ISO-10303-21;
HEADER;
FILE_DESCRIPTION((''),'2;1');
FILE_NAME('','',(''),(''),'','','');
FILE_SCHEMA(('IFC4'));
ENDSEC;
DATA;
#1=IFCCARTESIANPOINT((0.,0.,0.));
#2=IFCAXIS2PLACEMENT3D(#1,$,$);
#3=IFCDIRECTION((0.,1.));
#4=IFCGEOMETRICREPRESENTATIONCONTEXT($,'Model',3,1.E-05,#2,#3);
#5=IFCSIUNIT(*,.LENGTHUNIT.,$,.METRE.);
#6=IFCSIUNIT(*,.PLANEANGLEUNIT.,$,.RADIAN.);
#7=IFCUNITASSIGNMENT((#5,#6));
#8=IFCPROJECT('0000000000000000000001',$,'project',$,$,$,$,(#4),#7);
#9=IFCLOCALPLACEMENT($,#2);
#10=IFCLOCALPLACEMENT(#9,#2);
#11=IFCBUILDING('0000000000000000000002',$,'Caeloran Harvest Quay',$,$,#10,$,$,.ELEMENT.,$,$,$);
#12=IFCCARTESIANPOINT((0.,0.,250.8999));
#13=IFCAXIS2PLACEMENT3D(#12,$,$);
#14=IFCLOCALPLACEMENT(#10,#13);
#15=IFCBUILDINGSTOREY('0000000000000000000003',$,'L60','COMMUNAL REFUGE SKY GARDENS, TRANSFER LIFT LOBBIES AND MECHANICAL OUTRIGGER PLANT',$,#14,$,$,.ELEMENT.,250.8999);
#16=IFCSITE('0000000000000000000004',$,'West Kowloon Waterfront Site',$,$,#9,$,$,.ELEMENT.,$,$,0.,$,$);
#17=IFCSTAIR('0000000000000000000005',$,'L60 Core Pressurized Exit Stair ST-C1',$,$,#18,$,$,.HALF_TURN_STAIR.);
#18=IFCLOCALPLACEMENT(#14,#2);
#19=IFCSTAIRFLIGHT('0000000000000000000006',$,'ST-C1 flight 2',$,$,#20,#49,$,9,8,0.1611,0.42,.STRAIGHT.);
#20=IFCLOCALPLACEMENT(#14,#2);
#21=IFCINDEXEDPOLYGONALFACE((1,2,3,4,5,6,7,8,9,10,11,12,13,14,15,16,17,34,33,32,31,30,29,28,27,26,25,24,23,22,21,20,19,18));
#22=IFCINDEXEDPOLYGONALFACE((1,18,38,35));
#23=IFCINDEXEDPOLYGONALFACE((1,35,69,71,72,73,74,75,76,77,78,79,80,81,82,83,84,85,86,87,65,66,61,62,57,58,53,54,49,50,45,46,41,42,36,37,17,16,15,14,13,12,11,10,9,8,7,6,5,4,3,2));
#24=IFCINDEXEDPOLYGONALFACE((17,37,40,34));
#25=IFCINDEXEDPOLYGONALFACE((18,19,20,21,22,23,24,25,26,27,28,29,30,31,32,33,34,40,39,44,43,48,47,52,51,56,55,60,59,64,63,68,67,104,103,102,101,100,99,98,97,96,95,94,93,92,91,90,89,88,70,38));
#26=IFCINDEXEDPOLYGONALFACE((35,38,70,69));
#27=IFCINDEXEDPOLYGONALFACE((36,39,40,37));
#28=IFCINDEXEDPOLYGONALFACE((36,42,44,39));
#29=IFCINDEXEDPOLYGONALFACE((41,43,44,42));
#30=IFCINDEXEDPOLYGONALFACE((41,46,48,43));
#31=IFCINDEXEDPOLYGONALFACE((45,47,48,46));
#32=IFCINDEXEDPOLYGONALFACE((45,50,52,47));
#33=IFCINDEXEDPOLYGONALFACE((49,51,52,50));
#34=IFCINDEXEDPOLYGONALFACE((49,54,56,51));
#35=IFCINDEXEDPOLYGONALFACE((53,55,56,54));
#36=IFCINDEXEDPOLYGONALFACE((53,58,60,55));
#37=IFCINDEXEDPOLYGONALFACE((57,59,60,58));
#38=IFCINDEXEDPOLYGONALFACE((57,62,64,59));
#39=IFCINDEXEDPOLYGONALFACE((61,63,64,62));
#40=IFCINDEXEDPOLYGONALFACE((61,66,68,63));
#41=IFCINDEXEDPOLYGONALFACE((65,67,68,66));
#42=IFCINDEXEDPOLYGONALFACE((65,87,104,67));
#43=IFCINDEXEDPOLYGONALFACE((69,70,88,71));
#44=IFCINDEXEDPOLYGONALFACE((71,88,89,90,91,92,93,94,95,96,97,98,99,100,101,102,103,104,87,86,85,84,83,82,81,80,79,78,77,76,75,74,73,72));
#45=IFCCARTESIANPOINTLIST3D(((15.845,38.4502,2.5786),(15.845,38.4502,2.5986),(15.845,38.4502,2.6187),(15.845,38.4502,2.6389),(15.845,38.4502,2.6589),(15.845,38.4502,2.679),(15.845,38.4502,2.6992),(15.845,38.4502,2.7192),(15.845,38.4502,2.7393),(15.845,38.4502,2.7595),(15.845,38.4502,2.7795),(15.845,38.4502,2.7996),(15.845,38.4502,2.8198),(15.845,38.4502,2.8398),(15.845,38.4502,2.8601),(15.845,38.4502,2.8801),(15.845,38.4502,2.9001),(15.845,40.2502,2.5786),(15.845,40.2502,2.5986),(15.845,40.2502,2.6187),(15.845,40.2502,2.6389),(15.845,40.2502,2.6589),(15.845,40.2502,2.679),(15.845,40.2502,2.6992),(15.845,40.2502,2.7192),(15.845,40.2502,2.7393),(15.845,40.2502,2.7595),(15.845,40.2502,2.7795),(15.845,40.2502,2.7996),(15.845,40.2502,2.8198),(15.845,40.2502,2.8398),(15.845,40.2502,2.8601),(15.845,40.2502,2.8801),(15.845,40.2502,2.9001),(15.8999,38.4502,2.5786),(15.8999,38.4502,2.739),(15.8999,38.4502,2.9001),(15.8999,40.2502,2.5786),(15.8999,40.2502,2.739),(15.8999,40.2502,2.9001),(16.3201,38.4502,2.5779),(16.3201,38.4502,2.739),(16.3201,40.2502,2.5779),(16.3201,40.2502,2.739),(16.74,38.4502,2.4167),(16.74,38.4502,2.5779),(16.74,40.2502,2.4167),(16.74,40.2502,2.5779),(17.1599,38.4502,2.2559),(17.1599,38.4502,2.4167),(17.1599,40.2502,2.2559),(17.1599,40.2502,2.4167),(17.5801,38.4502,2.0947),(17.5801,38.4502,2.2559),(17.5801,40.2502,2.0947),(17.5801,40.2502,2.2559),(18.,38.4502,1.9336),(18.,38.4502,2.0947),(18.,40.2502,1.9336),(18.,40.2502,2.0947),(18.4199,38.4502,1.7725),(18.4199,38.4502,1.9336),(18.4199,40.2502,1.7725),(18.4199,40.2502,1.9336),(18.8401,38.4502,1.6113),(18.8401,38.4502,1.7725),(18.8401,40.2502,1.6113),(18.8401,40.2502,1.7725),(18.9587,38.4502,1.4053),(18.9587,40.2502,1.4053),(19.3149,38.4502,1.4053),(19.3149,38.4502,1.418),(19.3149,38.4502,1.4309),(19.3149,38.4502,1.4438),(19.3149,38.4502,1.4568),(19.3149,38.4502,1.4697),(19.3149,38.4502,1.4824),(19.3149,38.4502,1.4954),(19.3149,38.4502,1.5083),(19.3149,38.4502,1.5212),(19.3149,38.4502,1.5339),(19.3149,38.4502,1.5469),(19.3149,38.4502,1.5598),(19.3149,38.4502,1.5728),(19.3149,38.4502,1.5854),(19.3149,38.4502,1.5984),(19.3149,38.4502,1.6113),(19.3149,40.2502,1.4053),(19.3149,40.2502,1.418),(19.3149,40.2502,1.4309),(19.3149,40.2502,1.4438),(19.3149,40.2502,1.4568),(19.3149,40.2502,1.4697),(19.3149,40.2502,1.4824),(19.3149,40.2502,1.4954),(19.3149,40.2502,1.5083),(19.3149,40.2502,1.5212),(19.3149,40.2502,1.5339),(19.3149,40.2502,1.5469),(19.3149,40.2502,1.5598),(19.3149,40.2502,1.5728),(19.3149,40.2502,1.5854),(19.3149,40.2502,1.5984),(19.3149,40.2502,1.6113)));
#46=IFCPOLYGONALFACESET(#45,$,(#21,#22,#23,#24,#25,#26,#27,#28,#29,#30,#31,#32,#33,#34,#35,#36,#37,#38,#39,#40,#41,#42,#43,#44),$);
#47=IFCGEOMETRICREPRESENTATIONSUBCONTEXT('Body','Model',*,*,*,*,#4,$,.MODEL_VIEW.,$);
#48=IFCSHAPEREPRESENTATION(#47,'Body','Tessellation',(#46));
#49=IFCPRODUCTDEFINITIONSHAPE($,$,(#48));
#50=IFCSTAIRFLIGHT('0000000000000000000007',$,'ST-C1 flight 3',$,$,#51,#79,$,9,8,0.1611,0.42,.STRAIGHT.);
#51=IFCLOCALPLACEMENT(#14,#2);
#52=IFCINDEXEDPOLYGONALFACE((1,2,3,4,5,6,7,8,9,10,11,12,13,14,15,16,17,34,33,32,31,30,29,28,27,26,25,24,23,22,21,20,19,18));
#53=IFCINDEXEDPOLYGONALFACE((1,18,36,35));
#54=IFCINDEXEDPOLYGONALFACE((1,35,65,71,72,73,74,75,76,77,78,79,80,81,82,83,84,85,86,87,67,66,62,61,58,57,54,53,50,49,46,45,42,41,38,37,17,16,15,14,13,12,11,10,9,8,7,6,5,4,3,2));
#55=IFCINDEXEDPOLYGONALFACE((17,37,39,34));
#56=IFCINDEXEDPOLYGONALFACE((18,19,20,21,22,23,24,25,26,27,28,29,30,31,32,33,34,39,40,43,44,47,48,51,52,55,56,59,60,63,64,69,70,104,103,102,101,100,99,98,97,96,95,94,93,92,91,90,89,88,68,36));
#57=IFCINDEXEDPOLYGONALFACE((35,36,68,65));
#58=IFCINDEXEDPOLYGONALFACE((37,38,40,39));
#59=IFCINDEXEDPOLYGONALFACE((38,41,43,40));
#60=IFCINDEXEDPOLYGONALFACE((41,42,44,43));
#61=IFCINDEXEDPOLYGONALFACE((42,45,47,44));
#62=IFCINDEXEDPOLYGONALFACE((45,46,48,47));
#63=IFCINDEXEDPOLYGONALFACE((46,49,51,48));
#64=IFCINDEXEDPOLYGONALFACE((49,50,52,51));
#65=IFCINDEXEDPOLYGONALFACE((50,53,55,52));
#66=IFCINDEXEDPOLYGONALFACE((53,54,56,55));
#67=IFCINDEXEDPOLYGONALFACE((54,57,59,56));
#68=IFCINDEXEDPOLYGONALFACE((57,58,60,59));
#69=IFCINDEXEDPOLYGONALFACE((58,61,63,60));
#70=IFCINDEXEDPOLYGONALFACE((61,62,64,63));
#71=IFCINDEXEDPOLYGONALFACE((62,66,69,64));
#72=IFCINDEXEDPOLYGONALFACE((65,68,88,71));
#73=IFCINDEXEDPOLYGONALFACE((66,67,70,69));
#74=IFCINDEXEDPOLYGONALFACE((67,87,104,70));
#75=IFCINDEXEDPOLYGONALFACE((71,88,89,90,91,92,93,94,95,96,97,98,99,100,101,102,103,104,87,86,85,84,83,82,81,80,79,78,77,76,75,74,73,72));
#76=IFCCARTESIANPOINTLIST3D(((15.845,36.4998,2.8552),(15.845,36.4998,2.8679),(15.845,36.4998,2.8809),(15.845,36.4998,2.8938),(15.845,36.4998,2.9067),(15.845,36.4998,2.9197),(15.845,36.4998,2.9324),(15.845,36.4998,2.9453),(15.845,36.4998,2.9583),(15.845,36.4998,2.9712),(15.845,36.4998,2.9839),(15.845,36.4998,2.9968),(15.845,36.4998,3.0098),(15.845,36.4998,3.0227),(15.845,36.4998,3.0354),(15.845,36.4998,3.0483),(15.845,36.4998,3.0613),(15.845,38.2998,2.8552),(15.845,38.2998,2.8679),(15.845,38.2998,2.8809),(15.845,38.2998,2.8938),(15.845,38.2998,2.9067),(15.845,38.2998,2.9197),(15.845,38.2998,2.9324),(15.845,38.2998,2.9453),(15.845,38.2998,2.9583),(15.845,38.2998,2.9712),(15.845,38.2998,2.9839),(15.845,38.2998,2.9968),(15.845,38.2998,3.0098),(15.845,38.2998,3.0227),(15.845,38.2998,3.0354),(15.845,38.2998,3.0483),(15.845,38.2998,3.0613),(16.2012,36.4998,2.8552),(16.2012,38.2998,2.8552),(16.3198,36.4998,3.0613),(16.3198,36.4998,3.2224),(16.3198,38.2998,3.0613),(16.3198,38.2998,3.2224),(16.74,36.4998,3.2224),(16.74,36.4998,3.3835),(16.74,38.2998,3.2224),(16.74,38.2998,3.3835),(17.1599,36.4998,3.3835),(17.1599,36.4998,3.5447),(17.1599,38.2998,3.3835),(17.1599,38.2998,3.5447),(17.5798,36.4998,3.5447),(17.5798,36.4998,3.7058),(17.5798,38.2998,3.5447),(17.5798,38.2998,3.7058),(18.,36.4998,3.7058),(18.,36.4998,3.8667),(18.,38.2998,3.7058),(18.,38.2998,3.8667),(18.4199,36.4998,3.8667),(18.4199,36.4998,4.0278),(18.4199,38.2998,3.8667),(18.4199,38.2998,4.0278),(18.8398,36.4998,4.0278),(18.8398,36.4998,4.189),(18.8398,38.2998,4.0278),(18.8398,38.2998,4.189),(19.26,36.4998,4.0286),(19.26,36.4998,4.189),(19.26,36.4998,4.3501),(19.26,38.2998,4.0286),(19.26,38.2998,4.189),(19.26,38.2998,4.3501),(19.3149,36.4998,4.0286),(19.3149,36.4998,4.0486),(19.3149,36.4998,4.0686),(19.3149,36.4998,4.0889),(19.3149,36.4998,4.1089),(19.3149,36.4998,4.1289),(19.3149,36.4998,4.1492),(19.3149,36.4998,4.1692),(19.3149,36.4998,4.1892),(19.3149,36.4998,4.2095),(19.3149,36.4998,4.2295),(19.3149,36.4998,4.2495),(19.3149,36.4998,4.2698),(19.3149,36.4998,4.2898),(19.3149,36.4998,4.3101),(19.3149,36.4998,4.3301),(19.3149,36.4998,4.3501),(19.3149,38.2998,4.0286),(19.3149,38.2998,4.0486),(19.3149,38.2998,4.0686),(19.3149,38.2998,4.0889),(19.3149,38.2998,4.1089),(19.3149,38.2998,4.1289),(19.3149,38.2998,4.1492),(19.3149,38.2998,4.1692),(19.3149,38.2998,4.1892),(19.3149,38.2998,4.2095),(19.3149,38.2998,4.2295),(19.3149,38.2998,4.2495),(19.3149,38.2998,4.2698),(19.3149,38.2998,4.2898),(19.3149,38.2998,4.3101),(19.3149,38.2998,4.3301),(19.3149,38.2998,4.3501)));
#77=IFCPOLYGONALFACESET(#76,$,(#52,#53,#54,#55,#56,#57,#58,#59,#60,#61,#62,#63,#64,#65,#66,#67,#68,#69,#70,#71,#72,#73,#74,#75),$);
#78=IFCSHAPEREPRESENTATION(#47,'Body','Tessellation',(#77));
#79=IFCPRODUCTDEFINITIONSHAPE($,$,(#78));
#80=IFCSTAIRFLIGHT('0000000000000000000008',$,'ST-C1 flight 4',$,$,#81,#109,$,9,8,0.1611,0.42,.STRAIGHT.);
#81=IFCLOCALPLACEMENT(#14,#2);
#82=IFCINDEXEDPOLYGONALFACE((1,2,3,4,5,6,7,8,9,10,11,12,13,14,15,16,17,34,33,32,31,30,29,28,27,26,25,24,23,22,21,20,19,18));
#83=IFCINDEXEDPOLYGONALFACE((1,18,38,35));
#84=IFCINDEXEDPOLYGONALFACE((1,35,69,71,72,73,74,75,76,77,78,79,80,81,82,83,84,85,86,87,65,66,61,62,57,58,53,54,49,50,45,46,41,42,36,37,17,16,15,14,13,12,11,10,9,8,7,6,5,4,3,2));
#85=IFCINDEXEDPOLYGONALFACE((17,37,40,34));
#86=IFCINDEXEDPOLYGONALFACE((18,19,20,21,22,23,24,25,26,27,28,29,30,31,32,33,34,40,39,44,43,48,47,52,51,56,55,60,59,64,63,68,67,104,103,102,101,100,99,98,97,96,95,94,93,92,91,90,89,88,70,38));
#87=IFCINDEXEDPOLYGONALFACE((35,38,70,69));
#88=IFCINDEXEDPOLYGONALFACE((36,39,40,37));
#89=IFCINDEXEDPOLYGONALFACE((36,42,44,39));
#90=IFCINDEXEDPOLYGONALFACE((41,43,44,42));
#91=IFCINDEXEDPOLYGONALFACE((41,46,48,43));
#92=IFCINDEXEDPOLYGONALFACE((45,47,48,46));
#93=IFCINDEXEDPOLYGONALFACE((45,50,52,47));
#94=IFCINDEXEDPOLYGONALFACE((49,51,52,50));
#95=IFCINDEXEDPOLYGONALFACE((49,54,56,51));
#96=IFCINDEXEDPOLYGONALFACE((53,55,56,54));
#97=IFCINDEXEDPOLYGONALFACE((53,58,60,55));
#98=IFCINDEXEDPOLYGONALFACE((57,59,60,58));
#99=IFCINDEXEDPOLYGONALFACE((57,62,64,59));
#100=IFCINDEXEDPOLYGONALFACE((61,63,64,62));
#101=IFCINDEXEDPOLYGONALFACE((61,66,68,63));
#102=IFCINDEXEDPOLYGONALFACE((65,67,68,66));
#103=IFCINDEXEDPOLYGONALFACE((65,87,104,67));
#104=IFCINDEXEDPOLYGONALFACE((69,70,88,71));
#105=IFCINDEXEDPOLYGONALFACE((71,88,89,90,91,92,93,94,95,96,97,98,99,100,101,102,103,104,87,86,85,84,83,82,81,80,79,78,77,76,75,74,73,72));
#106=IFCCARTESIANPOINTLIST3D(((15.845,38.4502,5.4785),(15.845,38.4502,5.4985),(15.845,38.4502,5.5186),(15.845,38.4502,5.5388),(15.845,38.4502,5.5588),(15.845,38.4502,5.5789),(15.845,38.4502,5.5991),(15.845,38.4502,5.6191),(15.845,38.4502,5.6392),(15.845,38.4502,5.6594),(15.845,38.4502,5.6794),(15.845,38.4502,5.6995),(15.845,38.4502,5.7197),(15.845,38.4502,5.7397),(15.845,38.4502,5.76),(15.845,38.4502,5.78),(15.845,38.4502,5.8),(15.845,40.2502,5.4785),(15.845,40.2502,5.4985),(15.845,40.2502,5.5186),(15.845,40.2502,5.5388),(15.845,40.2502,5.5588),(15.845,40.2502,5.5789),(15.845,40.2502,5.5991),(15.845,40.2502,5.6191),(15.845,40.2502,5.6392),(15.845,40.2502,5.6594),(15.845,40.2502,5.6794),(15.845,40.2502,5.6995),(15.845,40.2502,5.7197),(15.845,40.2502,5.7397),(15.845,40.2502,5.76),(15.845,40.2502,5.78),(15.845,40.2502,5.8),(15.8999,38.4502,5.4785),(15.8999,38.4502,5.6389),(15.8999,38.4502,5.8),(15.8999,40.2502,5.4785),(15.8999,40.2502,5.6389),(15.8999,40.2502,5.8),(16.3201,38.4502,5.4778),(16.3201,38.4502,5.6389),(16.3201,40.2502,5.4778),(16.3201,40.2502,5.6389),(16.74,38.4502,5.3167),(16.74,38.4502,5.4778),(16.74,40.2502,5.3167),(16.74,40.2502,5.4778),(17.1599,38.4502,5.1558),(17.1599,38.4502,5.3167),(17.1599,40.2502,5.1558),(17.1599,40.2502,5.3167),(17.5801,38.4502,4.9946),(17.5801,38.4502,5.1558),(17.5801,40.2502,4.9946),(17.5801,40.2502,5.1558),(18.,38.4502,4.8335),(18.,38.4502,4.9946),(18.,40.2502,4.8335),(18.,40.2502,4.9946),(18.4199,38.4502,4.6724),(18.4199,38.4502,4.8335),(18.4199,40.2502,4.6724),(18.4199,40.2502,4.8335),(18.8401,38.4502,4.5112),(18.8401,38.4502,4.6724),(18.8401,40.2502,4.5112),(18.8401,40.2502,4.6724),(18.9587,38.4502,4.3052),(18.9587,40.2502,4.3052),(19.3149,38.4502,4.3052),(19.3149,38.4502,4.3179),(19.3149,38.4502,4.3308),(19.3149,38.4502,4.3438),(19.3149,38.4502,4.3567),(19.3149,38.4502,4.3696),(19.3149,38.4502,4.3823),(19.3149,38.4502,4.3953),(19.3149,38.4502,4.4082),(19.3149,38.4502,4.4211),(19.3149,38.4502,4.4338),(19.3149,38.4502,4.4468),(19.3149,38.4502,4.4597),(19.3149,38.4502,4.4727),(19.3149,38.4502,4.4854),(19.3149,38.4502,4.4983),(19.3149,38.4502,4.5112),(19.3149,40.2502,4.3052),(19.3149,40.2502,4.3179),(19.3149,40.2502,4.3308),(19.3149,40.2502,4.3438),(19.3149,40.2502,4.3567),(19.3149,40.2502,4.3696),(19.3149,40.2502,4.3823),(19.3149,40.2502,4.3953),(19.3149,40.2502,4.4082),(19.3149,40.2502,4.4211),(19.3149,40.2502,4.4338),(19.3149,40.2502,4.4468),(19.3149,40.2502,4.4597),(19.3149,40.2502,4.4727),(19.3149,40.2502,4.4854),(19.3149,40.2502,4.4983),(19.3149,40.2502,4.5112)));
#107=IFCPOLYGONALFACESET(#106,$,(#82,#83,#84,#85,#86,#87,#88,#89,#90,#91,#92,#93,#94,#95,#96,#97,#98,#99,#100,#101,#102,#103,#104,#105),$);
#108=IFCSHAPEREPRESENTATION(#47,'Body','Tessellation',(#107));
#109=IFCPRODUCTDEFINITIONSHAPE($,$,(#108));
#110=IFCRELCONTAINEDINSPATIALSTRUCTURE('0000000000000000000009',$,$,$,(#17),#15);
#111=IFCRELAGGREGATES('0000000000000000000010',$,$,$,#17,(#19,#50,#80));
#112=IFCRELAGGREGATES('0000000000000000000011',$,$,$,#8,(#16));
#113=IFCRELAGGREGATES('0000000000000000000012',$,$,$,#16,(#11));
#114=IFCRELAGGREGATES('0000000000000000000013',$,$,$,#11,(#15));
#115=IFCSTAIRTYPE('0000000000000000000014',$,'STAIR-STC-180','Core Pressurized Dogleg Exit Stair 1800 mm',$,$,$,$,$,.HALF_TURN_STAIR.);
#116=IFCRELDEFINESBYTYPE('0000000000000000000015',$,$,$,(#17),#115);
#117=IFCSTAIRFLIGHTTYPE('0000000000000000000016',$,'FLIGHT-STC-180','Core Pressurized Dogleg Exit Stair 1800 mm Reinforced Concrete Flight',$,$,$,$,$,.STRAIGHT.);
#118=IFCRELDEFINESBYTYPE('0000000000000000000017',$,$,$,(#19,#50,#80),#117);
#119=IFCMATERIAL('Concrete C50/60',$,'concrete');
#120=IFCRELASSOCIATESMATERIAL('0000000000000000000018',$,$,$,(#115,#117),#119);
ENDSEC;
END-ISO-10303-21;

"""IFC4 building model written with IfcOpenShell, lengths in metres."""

from ifc_helpers import new_model, si_unit, direction, frame, origin, place, context, subcontext, project, spatial, polyline, outline, extrude, material, type_object, element, aggregate, save


model = new_model("IFC4")

# Units and contexts
model_context = context("Model", 3, precision=1e-05, world=origin(), true_north=direction((0.0, 1.0)))
body_context = subcontext(model_context, "Body", "Model", "MODEL_VIEW")
ifc_project = project(units=[si_unit("LENGTHUNIT", "METRE"), si_unit("PLANEANGLEUNIT", "RADIAN")], contexts=[model_context])

# Site, building, storey
site_placement = place(None, origin())
site = spatial("IfcSite", under=ifc_project, at=site_placement, Name="West Kowloon Waterfront Site", CompositionType="ELEMENT", RefElevation=0.0)
building_placement = place(site_placement, origin())
building = spatial("IfcBuilding", under=site, at=building_placement, Name="Caeloran Harvest Quay", CompositionType="ELEMENT")
storey_placement = place(building_placement, frame((0.0, 0.0, 250.8999)))
storey = spatial("IfcBuildingStorey", under=building, at=storey_placement, Name="L60", Description="COMMUNAL REFUGE SKY GARDENS, TRANSFER LIFT LOBBIES AND MECHANICAL OUTRIGGER PLANT", CompositionType="ELEMENT", Elevation=250.8999)

# Stair, stair flights
ifc_material_1 = material(Name="Concrete C50/60", Category="concrete")
stair_type = type_object("IfcStairType", Name="STAIR-STC-180", Description="Core Pressurized Dogleg Exit Stair 1800 mm", PredefinedType="HALF_TURN_STAIR", material=ifc_material_1)
stair_1_placement = place(storey_placement, origin())
stair_1 = element("IfcStair", 1, at=stair_1_placement, inside=storey, type_object=stair_type, Name="L60 Core Pressurized Exit Stair ST-C1", PredefinedType="HALF_TURN_STAIR")
stair_flight_type = type_object("IfcStairFlightType", Name="FLIGHT-STC-180", Description="Core Pressurized Dogleg Exit Stair 1800 mm Reinforced Concrete Flight", PredefinedType="STRAIGHT", material=ifc_material_1)
stair_flight_1_placement = place(storey_placement, frame((19.26, 39.3501, 1.4502), z_axis=(0.0, 0.0, 1.0), x_axis=(-1.0, 0.0, 0.0)))
stair_flight_1 = element("IfcStairFlight", 2, at=stair_flight_1_placement, type_object=stair_flight_type, Name="ST-C1 flight 2", NumberOfRisers=9, NumberOfTreads=8, PredefinedType="STRAIGHT", RiserHeight=0.1611, TreadLength=0.42, context=body_context, shape_type="SweptSolid", body=[
    extrude(outline(polyline([(-0.0549, -0.0449), (-0.0549, -0.0322), (-0.0549, -0.0193), (-0.0549, -0.0063), (-0.0549, 0.0066), (-0.0549, 0.0195), (-0.0549, 0.0322), (-0.0549, 0.0452), (-0.0549, 0.0581), (-0.0549, 0.071), (-0.0549, 0.0837), (-0.0549, 0.0967), (-0.0549, 0.1096), (-0.0549, 0.1226), (-0.0549, 0.1353), (-0.0549, 0.1482), (-0.0549, 0.1611), (0.4199, 0.1611), (0.4199, 0.3223), (0.8401, 0.3223), (0.8401, 0.4834), (1.26, 0.4834), (1.26, 0.6445), (1.6799, 0.6445), (1.6799, 0.8057), (2.1001, 0.8057), (2.1001, 0.9666), (2.52, 0.9666), (2.52, 1.1277), (2.9399, 1.1277), (2.9399, 1.2888), (3.3601, 1.2888), (3.3601, 1.45), (3.415, 1.45), (3.415, 1.4299), (3.415, 1.4099), (3.415, 1.3896), (3.415, 1.3696), (3.415, 1.3494), (3.415, 1.3293), (3.415, 1.3093), (3.415, 1.2891), (3.415, 1.269), (3.415, 1.249), (3.415, 1.2288), (3.415, 1.2087), (3.415, 1.1887), (3.415, 1.1685), (3.415, 1.1484), (3.415, 1.1284), (3.3601, 1.1284), (0.3013, -0.0449), (-0.0549, -0.0449)])), frame((0.0, 0.8999, 0.0), z_axis=(0.0, -1.0, 0.0), x_axis=(1.0, 0.0, 0.0)), (0.0, 0.0, 1.0), 1.8),
])
stair_flight_2_placement = place(storey_placement, frame((15.8999, 37.3999, 2.9001), z_axis=(0.0, 0.0, 1.0), x_axis=(1.0, 0.0, 0.0)))
stair_flight_2 = element("IfcStairFlight", 3, at=stair_flight_2_placement, type_object=stair_flight_type, Name="ST-C1 flight 3", NumberOfRisers=9, NumberOfTreads=8, PredefinedType="STRAIGHT", RiserHeight=0.1611, TreadLength=0.42, context=body_context, shape_type="SweptSolid", body=[
    extrude(outline(polyline([(-0.0549, -0.0449), (-0.0549, -0.0322), (-0.0549, -0.0193), (-0.0549, -0.0063), (-0.0549, 0.0066), (-0.0549, 0.0195), (-0.0549, 0.0322), (-0.0549, 0.0452), (-0.0549, 0.0581), (-0.0549, 0.071), (-0.0549, 0.0837), (-0.0549, 0.0967), (-0.0549, 0.1096), (-0.0549, 0.1226), (-0.0549, 0.1353), (-0.0549, 0.1482), (-0.0549, 0.1611), (0.4199, 0.1611), (0.4199, 0.3223), (0.8401, 0.3223), (0.8401, 0.4834), (1.26, 0.4834), (1.26, 0.6445), (1.6799, 0.6445), (1.6799, 0.8057), (2.1001, 0.8057), (2.1001, 0.9666), (2.52, 0.9666), (2.52, 1.1277), (2.9399, 1.1277), (2.9399, 1.2888), (3.3601, 1.2888), (3.3601, 1.45), (3.415, 1.45), (3.415, 1.4299), (3.415, 1.4099), (3.415, 1.3896), (3.415, 1.3696), (3.415, 1.3494), (3.415, 1.3293), (3.415, 1.3093), (3.415, 1.2891), (3.415, 1.269), (3.415, 1.249), (3.415, 1.2288), (3.415, 1.2087), (3.415, 1.1887), (3.415, 1.1685), (3.415, 1.1484), (3.415, 1.1284), (3.3601, 1.1284), (0.3013, -0.0449), (-0.0549, -0.0449)])), frame((0.0, 0.8999, 0.0), z_axis=(0.0, -1.0, 0.0), x_axis=(1.0, 0.0, 0.0)), (0.0, 0.0, 1.0), 1.8),
])
stair_flight_3_placement = place(storey_placement, frame((19.26, 39.3501, 4.3501), z_axis=(0.0, 0.0, 1.0), x_axis=(-1.0, 0.0, 0.0)))
stair_flight_3 = element("IfcStairFlight", 4, at=stair_flight_3_placement, type_object=stair_flight_type, Name="ST-C1 flight 4", NumberOfRisers=9, NumberOfTreads=8, PredefinedType="STRAIGHT", RiserHeight=0.1611, TreadLength=0.42, context=body_context, shape_type="SweptSolid", body=[
    extrude(outline(polyline([(-0.0549, -0.0449), (-0.0549, -0.0322), (-0.0549, -0.0193), (-0.0549, -0.0063), (-0.0549, 0.0066), (-0.0549, 0.0195), (-0.0549, 0.0322), (-0.0549, 0.0452), (-0.0549, 0.0581), (-0.0549, 0.071), (-0.0549, 0.0837), (-0.0549, 0.0967), (-0.0549, 0.1096), (-0.0549, 0.1226), (-0.0549, 0.1353), (-0.0549, 0.1482), (-0.0549, 0.1611), (0.4199, 0.1611), (0.4199, 0.3223), (0.8401, 0.3223), (0.8401, 0.4834), (1.26, 0.4834), (1.26, 0.6445), (1.6799, 0.6445), (1.6799, 0.8057), (2.1001, 0.8057), (2.1001, 0.9666), (2.52, 0.9666), (2.52, 1.1277), (2.9399, 1.1277), (2.9399, 1.2888), (3.3601, 1.2888), (3.3601, 1.45), (3.415, 1.45), (3.415, 1.4299), (3.415, 1.4099), (3.415, 1.3896), (3.415, 1.3696), (3.415, 1.3494), (3.415, 1.3293), (3.415, 1.3093), (3.415, 1.2891), (3.415, 1.269), (3.415, 1.249), (3.415, 1.2288), (3.415, 1.2087), (3.415, 1.1887), (3.415, 1.1685), (3.415, 1.1484), (3.415, 1.1284), (3.3601, 1.1284), (0.3013, -0.0449), (-0.0549, -0.0449)])), frame((0.0, 0.8999, 0.0), z_axis=(0.0, -1.0, 0.0), x_axis=(1.0, 0.0, 0.0)), (0.0, 0.0, 1.0), 1.8),
])
aggregate(stair_1, [stair_flight_1, stair_flight_2, stair_flight_3])

save(model, "model.ifc")
